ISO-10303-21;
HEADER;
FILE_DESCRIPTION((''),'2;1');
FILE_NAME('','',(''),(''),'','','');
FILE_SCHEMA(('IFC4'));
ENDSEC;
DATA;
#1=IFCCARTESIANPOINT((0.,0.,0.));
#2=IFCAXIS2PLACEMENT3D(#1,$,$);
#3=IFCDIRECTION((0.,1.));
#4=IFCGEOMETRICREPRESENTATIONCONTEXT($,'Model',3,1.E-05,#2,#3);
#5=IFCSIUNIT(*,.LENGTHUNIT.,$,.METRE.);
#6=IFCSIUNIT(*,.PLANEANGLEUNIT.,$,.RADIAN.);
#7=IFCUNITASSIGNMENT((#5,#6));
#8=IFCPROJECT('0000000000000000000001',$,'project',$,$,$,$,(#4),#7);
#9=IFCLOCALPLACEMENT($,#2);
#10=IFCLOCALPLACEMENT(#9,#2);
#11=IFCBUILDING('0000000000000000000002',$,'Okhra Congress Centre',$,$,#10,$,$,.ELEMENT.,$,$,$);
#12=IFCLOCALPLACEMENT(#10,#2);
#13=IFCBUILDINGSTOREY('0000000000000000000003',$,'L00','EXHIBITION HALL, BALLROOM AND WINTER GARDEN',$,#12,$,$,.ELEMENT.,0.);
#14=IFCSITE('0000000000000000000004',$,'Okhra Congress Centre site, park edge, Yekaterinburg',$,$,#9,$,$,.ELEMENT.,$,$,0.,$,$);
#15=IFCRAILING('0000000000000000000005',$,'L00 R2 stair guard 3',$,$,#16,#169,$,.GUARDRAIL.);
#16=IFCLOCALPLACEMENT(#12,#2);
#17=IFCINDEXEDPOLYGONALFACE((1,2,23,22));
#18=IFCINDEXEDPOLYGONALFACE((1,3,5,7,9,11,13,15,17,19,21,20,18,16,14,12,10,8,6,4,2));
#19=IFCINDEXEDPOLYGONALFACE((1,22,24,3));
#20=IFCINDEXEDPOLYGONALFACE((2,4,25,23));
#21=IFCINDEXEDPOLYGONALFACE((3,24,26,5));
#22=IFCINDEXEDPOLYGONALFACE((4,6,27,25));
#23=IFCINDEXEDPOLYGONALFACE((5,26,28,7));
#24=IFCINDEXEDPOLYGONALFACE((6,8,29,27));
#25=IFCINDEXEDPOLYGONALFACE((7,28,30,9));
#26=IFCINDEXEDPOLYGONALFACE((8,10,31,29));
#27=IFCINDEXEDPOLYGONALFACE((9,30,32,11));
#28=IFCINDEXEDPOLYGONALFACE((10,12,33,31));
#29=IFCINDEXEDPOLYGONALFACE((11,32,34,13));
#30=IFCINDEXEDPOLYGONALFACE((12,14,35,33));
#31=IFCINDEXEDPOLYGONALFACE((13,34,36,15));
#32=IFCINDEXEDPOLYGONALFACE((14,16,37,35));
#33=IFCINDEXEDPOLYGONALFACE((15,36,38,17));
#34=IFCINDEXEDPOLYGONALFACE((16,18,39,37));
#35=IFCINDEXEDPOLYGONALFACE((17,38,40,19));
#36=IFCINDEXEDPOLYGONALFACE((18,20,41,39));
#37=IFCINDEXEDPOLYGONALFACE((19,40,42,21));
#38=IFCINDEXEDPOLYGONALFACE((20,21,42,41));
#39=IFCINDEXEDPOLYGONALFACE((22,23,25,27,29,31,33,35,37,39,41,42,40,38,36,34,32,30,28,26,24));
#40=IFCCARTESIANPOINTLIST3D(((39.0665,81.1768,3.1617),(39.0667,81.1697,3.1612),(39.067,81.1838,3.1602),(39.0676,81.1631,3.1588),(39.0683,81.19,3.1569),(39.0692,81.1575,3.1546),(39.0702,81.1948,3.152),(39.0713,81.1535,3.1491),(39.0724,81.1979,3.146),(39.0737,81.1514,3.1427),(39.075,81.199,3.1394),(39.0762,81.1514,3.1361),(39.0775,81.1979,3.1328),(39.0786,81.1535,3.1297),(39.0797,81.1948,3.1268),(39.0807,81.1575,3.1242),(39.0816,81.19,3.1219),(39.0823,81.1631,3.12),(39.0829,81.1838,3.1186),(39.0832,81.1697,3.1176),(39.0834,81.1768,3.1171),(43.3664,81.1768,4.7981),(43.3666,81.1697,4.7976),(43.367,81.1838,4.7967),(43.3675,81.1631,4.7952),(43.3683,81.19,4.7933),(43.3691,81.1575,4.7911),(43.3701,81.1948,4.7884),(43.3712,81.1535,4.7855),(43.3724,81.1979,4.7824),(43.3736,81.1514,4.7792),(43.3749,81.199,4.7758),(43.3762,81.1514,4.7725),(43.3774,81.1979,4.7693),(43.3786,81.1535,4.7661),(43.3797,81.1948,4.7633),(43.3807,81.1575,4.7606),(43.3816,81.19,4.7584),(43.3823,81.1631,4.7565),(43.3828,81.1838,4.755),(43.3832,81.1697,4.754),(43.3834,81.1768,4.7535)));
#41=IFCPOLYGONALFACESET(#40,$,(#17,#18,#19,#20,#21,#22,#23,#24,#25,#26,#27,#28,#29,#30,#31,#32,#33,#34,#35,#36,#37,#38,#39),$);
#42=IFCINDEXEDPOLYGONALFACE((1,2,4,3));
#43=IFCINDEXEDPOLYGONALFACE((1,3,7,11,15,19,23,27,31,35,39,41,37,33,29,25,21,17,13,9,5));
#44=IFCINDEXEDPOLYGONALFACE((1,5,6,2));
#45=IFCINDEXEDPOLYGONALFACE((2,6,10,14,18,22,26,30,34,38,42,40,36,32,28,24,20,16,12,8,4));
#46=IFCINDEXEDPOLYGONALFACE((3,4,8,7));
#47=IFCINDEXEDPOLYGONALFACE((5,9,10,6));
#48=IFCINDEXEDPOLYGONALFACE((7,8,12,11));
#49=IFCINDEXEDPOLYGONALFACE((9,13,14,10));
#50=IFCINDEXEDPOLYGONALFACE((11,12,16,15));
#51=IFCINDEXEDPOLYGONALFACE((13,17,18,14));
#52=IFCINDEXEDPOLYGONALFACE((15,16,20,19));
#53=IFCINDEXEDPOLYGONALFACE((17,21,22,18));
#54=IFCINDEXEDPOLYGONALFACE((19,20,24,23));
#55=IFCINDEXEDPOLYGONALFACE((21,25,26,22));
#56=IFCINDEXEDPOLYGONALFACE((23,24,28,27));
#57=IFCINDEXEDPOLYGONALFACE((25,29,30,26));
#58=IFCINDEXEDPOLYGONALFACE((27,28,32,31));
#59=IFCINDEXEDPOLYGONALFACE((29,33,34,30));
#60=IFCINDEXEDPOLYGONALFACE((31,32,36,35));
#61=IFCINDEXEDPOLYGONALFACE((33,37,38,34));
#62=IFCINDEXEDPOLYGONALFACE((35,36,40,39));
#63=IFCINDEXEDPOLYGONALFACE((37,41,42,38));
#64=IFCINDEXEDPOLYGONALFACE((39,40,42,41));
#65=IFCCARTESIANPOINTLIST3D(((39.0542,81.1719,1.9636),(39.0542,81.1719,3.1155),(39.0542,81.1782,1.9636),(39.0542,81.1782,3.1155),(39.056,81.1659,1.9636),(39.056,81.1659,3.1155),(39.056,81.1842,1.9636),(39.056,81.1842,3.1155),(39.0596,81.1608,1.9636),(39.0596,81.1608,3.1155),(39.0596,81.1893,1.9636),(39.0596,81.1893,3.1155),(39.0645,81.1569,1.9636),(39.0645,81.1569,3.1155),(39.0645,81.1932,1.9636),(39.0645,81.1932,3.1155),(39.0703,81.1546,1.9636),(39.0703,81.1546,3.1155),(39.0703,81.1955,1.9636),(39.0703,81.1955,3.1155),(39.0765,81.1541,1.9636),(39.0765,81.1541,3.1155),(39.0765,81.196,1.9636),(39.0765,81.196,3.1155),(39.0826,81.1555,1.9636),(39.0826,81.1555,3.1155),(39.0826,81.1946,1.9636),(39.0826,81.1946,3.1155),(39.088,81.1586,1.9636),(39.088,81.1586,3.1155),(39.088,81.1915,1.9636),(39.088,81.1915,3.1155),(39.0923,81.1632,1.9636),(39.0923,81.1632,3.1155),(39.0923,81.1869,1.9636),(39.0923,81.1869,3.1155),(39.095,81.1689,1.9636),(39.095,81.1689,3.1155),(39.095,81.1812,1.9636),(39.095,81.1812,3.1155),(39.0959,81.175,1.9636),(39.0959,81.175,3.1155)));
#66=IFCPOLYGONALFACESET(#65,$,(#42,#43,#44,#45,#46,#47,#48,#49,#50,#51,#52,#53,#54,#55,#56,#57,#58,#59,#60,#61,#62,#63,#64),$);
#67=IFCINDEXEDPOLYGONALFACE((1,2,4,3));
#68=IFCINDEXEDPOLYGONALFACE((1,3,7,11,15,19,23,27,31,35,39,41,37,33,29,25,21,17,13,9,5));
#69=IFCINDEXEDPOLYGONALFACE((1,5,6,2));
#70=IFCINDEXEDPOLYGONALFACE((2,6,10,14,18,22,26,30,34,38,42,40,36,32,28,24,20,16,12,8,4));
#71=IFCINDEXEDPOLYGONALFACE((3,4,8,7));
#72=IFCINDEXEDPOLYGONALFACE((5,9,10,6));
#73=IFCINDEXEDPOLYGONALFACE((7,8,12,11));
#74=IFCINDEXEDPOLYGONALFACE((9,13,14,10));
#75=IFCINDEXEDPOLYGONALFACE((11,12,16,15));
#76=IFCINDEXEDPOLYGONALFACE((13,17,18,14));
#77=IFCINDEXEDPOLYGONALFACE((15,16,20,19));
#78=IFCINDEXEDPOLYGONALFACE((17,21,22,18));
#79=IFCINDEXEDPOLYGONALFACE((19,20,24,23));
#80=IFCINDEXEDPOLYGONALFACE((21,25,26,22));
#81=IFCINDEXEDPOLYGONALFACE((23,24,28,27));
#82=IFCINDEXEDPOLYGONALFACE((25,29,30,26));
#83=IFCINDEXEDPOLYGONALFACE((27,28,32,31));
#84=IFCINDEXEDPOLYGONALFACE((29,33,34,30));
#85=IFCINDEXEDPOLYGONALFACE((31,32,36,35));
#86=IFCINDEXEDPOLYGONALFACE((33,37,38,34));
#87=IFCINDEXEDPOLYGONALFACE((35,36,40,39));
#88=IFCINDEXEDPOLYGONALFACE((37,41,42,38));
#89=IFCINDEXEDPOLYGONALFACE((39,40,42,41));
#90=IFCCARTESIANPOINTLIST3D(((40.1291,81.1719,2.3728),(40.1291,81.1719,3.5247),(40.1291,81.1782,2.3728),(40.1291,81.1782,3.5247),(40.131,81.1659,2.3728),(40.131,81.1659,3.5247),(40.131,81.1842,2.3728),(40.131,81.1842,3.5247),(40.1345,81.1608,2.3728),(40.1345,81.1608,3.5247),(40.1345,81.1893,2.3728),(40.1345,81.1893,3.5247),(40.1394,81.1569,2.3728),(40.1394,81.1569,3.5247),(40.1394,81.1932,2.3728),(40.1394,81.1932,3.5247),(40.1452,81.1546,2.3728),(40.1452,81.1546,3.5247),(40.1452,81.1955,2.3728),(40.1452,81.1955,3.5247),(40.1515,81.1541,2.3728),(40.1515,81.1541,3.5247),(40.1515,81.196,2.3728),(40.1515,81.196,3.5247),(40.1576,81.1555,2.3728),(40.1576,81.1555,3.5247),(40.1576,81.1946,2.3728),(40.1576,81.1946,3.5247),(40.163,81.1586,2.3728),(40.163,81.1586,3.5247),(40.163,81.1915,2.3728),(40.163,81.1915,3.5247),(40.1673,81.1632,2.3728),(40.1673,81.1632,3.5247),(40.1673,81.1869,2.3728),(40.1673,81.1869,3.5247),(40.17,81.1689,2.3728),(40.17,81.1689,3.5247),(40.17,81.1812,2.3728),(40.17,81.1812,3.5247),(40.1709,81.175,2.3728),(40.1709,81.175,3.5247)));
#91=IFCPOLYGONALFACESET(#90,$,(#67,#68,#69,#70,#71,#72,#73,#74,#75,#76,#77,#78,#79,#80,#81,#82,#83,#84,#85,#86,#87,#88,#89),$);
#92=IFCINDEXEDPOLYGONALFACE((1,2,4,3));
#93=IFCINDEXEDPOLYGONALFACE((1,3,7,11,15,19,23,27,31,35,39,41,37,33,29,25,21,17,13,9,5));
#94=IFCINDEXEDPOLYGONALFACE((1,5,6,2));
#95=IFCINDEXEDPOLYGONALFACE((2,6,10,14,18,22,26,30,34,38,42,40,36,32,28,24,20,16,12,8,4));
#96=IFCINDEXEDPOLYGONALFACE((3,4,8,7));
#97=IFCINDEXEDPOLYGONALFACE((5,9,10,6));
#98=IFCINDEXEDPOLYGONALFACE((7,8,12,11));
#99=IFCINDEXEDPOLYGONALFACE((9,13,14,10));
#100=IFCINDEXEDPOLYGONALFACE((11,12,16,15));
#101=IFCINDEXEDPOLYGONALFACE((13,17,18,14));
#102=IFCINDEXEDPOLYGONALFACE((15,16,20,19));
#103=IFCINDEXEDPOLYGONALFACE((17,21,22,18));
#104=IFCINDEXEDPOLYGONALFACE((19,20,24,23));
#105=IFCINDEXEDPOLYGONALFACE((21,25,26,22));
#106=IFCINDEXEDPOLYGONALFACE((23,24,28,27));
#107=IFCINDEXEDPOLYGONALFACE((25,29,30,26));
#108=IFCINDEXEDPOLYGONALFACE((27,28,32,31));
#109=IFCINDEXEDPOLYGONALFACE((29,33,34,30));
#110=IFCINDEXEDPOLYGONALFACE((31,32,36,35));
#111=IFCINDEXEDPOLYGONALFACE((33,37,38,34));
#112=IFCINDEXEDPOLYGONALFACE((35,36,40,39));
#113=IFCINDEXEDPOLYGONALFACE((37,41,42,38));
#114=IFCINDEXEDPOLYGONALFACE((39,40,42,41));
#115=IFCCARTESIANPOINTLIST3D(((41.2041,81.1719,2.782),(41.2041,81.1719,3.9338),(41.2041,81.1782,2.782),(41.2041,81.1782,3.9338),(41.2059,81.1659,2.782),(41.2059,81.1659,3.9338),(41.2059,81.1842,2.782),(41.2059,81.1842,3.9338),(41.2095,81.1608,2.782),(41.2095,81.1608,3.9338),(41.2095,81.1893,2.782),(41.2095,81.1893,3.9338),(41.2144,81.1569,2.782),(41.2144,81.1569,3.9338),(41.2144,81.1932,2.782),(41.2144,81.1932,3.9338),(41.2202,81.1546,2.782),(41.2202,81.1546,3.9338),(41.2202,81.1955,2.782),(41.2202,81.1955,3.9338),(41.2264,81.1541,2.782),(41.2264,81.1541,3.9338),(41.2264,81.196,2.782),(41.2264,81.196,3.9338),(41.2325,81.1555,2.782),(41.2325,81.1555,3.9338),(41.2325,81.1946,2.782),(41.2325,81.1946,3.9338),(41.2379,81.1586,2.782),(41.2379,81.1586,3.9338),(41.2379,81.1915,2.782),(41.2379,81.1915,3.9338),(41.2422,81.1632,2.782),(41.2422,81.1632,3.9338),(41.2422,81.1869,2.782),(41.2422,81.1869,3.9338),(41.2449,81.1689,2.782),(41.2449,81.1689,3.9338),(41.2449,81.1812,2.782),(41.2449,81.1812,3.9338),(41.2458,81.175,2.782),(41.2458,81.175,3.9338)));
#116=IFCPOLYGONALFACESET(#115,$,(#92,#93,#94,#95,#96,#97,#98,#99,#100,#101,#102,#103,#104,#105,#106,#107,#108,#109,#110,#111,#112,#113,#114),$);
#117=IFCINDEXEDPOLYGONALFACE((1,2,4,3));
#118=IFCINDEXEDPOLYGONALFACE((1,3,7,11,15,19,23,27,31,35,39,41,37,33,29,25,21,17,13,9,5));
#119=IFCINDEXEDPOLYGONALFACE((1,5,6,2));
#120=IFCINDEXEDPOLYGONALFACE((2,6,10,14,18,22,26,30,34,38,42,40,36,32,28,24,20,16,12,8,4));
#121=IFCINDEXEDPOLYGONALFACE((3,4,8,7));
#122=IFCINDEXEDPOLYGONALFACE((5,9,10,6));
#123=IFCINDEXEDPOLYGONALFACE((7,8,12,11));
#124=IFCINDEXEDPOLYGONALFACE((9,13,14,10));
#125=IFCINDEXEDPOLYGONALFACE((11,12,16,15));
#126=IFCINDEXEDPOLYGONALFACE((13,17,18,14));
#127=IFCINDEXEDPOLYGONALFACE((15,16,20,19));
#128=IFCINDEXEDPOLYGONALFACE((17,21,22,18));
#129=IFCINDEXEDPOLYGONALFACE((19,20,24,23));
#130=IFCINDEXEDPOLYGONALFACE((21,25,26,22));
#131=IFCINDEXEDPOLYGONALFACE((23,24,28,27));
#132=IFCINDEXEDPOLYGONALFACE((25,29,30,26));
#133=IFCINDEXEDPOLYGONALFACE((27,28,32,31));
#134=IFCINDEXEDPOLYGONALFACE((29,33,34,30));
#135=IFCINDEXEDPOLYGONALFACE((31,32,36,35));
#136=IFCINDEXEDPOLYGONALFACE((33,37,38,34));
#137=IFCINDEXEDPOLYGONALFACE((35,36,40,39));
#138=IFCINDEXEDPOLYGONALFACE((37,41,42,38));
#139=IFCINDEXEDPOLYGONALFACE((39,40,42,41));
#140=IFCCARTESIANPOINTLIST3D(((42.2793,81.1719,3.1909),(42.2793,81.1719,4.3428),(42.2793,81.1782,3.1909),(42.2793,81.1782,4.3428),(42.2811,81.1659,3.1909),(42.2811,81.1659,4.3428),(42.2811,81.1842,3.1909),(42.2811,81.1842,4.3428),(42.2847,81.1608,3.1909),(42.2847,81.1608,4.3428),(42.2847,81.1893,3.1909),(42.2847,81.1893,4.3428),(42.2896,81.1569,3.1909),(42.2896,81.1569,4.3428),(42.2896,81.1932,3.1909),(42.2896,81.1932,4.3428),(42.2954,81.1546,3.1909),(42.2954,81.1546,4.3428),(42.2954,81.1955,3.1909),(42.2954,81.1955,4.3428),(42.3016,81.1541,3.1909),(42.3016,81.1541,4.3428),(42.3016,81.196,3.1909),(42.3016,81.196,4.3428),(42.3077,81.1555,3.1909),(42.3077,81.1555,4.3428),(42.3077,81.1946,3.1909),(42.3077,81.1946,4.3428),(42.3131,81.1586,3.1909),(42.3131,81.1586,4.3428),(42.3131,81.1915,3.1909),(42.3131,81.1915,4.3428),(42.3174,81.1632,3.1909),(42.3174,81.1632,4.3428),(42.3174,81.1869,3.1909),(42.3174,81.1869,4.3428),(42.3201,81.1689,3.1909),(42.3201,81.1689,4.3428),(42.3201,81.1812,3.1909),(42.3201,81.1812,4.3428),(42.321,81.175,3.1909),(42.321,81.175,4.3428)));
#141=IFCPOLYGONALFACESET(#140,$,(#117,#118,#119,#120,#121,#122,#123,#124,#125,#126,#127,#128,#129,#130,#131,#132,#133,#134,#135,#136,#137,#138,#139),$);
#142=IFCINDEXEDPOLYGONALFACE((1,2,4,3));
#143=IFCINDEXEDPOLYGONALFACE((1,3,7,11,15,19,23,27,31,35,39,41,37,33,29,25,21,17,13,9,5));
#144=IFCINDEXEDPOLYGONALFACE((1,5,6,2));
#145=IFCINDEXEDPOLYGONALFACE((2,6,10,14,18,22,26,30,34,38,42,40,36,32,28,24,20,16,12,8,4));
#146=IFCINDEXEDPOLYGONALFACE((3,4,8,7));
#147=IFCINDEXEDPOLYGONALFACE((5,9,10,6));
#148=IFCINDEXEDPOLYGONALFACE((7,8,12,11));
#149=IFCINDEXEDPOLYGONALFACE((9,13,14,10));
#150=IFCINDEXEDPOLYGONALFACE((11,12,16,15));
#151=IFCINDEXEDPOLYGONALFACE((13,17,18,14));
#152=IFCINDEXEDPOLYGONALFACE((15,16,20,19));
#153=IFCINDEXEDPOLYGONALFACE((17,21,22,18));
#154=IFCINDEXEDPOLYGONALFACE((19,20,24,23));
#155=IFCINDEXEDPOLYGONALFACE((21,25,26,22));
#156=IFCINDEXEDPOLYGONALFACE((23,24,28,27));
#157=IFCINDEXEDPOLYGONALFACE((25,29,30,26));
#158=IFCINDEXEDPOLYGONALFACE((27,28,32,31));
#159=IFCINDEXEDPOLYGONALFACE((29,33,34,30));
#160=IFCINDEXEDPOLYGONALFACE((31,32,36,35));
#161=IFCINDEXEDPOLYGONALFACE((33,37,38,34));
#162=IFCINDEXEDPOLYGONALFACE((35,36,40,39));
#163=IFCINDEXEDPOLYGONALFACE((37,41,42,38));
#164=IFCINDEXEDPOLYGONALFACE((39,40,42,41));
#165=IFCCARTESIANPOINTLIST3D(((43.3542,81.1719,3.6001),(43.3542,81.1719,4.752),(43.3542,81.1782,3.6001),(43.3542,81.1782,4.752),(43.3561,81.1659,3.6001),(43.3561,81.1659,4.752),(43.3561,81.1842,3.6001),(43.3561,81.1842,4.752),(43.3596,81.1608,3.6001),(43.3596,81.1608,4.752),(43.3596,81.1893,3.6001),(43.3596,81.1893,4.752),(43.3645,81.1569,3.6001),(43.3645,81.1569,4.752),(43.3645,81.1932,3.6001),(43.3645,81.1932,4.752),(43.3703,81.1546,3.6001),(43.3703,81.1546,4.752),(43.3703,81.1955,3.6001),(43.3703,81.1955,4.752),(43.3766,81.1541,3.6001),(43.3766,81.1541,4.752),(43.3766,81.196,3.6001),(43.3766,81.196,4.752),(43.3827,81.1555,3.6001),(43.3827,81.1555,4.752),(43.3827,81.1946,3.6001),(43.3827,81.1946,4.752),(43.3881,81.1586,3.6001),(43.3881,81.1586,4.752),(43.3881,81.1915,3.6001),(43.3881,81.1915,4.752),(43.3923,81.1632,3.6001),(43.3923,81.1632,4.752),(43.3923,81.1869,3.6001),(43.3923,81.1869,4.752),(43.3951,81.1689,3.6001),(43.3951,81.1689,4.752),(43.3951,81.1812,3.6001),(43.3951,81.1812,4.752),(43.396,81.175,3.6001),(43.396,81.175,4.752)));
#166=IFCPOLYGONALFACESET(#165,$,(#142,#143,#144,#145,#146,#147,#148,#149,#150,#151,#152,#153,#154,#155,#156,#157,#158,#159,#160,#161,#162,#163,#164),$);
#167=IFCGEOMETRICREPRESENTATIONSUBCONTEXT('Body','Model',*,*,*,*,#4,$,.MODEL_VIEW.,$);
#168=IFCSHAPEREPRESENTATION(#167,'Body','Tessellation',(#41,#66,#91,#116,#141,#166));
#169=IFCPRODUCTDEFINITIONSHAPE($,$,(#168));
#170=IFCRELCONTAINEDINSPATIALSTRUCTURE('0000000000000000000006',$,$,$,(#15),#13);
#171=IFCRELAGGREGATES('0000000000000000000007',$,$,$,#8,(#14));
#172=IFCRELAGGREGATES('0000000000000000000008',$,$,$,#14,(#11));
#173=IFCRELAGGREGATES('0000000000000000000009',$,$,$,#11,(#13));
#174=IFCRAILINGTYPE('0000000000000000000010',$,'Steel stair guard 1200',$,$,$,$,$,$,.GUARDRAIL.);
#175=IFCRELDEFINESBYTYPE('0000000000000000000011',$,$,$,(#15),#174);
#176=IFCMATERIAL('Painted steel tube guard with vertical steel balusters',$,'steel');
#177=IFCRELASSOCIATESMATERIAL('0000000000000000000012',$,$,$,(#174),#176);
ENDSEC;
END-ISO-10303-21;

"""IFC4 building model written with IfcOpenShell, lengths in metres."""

from ifc_helpers import new_model, si_unit, direction, frame, origin, origin_2d, place, context, subcontext, project, spatial, circle, extrude, material, type_object, element, save


model = new_model("IFC4")

# Units and contexts
model_context = context("Model", 3, precision=1e-05, world=origin(), true_north=direction((0.0, 1.0)))
body_context = subcontext(model_context, "Body", "Model", "MODEL_VIEW")
ifc_project = project(units=[si_unit("LENGTHUNIT", "METRE"), si_unit("PLANEANGLEUNIT", "RADIAN")], contexts=[model_context])

# Site, building, storey
site_placement = place(None, origin())
site = spatial("IfcSite", under=ifc_project, at=site_placement, Name="Okhra Congress Centre site, park edge, Yekaterinburg", CompositionType="ELEMENT", RefElevation=0.0)
building_placement = place(site_placement, origin())
building = spatial("IfcBuilding", under=site, at=building_placement, Name="Okhra Congress Centre", CompositionType="ELEMENT")
storey_placement = place(building_placement, origin())
storey = spatial("IfcBuildingStorey", under=building, at=storey_placement, Name="L00", Description="EXHIBITION HALL, BALLROOM AND WINTER GARDEN", CompositionType="ELEMENT", Elevation=0.0)

# Railing
ifc_material_1 = material(Name="Painted steel tube guard with vertical steel balusters", Category="steel")
railing_type_1 = type_object("IfcRailingType", Name="Steel stair guard 1200", PredefinedType="GUARDRAIL", material=ifc_material_1)
railing_1_placement = place(storey_placement, frame((39.075, 81.175, 1.9636)))
element("IfcRailing", 1, at=railing_1_placement, inside=storey, type_object=railing_type_1, Name="L00 R2 stair guard 3", PredefinedType="GUARDRAIL", context=body_context, shape_type="SweptSolid", body=[
    extrude(circle(Radius=0.0239, at=origin_2d()), frame((0.0, 0.0, 1.1758), z_axis=(0.934606, 0.0, 0.355684), x_axis=(0.0, 1.0, 0.0)), (0.0, 0.0, 1.0), 4.6008),
    extrude(circle(Radius=0.021, at=origin_2d()), origin(), (0.0, 0.0, 1.0), 1.1519),
    extrude(circle(Radius=0.021, at=origin_2d()), frame((1.075, 0.0, 0.4092)), (0.0, 0.0, 1.0), 1.1519),
    extrude(circle(Radius=0.021, at=origin_2d()), frame((2.1499, 0.0, 0.8184)), (0.0, 0.0, 1.0), 1.1519),
    extrude(circle(Radius=0.021, at=origin_2d()), frame((3.2251, 0.0, 1.2273)), (0.0, 0.0, 1.0), 1.1519),
    extrude(circle(Radius=0.021, at=origin_2d()), frame((4.3, 0.0, 1.6365)), (0.0, 0.0, 1.0), 1.1519),
])

save(model, "model.ifc")
